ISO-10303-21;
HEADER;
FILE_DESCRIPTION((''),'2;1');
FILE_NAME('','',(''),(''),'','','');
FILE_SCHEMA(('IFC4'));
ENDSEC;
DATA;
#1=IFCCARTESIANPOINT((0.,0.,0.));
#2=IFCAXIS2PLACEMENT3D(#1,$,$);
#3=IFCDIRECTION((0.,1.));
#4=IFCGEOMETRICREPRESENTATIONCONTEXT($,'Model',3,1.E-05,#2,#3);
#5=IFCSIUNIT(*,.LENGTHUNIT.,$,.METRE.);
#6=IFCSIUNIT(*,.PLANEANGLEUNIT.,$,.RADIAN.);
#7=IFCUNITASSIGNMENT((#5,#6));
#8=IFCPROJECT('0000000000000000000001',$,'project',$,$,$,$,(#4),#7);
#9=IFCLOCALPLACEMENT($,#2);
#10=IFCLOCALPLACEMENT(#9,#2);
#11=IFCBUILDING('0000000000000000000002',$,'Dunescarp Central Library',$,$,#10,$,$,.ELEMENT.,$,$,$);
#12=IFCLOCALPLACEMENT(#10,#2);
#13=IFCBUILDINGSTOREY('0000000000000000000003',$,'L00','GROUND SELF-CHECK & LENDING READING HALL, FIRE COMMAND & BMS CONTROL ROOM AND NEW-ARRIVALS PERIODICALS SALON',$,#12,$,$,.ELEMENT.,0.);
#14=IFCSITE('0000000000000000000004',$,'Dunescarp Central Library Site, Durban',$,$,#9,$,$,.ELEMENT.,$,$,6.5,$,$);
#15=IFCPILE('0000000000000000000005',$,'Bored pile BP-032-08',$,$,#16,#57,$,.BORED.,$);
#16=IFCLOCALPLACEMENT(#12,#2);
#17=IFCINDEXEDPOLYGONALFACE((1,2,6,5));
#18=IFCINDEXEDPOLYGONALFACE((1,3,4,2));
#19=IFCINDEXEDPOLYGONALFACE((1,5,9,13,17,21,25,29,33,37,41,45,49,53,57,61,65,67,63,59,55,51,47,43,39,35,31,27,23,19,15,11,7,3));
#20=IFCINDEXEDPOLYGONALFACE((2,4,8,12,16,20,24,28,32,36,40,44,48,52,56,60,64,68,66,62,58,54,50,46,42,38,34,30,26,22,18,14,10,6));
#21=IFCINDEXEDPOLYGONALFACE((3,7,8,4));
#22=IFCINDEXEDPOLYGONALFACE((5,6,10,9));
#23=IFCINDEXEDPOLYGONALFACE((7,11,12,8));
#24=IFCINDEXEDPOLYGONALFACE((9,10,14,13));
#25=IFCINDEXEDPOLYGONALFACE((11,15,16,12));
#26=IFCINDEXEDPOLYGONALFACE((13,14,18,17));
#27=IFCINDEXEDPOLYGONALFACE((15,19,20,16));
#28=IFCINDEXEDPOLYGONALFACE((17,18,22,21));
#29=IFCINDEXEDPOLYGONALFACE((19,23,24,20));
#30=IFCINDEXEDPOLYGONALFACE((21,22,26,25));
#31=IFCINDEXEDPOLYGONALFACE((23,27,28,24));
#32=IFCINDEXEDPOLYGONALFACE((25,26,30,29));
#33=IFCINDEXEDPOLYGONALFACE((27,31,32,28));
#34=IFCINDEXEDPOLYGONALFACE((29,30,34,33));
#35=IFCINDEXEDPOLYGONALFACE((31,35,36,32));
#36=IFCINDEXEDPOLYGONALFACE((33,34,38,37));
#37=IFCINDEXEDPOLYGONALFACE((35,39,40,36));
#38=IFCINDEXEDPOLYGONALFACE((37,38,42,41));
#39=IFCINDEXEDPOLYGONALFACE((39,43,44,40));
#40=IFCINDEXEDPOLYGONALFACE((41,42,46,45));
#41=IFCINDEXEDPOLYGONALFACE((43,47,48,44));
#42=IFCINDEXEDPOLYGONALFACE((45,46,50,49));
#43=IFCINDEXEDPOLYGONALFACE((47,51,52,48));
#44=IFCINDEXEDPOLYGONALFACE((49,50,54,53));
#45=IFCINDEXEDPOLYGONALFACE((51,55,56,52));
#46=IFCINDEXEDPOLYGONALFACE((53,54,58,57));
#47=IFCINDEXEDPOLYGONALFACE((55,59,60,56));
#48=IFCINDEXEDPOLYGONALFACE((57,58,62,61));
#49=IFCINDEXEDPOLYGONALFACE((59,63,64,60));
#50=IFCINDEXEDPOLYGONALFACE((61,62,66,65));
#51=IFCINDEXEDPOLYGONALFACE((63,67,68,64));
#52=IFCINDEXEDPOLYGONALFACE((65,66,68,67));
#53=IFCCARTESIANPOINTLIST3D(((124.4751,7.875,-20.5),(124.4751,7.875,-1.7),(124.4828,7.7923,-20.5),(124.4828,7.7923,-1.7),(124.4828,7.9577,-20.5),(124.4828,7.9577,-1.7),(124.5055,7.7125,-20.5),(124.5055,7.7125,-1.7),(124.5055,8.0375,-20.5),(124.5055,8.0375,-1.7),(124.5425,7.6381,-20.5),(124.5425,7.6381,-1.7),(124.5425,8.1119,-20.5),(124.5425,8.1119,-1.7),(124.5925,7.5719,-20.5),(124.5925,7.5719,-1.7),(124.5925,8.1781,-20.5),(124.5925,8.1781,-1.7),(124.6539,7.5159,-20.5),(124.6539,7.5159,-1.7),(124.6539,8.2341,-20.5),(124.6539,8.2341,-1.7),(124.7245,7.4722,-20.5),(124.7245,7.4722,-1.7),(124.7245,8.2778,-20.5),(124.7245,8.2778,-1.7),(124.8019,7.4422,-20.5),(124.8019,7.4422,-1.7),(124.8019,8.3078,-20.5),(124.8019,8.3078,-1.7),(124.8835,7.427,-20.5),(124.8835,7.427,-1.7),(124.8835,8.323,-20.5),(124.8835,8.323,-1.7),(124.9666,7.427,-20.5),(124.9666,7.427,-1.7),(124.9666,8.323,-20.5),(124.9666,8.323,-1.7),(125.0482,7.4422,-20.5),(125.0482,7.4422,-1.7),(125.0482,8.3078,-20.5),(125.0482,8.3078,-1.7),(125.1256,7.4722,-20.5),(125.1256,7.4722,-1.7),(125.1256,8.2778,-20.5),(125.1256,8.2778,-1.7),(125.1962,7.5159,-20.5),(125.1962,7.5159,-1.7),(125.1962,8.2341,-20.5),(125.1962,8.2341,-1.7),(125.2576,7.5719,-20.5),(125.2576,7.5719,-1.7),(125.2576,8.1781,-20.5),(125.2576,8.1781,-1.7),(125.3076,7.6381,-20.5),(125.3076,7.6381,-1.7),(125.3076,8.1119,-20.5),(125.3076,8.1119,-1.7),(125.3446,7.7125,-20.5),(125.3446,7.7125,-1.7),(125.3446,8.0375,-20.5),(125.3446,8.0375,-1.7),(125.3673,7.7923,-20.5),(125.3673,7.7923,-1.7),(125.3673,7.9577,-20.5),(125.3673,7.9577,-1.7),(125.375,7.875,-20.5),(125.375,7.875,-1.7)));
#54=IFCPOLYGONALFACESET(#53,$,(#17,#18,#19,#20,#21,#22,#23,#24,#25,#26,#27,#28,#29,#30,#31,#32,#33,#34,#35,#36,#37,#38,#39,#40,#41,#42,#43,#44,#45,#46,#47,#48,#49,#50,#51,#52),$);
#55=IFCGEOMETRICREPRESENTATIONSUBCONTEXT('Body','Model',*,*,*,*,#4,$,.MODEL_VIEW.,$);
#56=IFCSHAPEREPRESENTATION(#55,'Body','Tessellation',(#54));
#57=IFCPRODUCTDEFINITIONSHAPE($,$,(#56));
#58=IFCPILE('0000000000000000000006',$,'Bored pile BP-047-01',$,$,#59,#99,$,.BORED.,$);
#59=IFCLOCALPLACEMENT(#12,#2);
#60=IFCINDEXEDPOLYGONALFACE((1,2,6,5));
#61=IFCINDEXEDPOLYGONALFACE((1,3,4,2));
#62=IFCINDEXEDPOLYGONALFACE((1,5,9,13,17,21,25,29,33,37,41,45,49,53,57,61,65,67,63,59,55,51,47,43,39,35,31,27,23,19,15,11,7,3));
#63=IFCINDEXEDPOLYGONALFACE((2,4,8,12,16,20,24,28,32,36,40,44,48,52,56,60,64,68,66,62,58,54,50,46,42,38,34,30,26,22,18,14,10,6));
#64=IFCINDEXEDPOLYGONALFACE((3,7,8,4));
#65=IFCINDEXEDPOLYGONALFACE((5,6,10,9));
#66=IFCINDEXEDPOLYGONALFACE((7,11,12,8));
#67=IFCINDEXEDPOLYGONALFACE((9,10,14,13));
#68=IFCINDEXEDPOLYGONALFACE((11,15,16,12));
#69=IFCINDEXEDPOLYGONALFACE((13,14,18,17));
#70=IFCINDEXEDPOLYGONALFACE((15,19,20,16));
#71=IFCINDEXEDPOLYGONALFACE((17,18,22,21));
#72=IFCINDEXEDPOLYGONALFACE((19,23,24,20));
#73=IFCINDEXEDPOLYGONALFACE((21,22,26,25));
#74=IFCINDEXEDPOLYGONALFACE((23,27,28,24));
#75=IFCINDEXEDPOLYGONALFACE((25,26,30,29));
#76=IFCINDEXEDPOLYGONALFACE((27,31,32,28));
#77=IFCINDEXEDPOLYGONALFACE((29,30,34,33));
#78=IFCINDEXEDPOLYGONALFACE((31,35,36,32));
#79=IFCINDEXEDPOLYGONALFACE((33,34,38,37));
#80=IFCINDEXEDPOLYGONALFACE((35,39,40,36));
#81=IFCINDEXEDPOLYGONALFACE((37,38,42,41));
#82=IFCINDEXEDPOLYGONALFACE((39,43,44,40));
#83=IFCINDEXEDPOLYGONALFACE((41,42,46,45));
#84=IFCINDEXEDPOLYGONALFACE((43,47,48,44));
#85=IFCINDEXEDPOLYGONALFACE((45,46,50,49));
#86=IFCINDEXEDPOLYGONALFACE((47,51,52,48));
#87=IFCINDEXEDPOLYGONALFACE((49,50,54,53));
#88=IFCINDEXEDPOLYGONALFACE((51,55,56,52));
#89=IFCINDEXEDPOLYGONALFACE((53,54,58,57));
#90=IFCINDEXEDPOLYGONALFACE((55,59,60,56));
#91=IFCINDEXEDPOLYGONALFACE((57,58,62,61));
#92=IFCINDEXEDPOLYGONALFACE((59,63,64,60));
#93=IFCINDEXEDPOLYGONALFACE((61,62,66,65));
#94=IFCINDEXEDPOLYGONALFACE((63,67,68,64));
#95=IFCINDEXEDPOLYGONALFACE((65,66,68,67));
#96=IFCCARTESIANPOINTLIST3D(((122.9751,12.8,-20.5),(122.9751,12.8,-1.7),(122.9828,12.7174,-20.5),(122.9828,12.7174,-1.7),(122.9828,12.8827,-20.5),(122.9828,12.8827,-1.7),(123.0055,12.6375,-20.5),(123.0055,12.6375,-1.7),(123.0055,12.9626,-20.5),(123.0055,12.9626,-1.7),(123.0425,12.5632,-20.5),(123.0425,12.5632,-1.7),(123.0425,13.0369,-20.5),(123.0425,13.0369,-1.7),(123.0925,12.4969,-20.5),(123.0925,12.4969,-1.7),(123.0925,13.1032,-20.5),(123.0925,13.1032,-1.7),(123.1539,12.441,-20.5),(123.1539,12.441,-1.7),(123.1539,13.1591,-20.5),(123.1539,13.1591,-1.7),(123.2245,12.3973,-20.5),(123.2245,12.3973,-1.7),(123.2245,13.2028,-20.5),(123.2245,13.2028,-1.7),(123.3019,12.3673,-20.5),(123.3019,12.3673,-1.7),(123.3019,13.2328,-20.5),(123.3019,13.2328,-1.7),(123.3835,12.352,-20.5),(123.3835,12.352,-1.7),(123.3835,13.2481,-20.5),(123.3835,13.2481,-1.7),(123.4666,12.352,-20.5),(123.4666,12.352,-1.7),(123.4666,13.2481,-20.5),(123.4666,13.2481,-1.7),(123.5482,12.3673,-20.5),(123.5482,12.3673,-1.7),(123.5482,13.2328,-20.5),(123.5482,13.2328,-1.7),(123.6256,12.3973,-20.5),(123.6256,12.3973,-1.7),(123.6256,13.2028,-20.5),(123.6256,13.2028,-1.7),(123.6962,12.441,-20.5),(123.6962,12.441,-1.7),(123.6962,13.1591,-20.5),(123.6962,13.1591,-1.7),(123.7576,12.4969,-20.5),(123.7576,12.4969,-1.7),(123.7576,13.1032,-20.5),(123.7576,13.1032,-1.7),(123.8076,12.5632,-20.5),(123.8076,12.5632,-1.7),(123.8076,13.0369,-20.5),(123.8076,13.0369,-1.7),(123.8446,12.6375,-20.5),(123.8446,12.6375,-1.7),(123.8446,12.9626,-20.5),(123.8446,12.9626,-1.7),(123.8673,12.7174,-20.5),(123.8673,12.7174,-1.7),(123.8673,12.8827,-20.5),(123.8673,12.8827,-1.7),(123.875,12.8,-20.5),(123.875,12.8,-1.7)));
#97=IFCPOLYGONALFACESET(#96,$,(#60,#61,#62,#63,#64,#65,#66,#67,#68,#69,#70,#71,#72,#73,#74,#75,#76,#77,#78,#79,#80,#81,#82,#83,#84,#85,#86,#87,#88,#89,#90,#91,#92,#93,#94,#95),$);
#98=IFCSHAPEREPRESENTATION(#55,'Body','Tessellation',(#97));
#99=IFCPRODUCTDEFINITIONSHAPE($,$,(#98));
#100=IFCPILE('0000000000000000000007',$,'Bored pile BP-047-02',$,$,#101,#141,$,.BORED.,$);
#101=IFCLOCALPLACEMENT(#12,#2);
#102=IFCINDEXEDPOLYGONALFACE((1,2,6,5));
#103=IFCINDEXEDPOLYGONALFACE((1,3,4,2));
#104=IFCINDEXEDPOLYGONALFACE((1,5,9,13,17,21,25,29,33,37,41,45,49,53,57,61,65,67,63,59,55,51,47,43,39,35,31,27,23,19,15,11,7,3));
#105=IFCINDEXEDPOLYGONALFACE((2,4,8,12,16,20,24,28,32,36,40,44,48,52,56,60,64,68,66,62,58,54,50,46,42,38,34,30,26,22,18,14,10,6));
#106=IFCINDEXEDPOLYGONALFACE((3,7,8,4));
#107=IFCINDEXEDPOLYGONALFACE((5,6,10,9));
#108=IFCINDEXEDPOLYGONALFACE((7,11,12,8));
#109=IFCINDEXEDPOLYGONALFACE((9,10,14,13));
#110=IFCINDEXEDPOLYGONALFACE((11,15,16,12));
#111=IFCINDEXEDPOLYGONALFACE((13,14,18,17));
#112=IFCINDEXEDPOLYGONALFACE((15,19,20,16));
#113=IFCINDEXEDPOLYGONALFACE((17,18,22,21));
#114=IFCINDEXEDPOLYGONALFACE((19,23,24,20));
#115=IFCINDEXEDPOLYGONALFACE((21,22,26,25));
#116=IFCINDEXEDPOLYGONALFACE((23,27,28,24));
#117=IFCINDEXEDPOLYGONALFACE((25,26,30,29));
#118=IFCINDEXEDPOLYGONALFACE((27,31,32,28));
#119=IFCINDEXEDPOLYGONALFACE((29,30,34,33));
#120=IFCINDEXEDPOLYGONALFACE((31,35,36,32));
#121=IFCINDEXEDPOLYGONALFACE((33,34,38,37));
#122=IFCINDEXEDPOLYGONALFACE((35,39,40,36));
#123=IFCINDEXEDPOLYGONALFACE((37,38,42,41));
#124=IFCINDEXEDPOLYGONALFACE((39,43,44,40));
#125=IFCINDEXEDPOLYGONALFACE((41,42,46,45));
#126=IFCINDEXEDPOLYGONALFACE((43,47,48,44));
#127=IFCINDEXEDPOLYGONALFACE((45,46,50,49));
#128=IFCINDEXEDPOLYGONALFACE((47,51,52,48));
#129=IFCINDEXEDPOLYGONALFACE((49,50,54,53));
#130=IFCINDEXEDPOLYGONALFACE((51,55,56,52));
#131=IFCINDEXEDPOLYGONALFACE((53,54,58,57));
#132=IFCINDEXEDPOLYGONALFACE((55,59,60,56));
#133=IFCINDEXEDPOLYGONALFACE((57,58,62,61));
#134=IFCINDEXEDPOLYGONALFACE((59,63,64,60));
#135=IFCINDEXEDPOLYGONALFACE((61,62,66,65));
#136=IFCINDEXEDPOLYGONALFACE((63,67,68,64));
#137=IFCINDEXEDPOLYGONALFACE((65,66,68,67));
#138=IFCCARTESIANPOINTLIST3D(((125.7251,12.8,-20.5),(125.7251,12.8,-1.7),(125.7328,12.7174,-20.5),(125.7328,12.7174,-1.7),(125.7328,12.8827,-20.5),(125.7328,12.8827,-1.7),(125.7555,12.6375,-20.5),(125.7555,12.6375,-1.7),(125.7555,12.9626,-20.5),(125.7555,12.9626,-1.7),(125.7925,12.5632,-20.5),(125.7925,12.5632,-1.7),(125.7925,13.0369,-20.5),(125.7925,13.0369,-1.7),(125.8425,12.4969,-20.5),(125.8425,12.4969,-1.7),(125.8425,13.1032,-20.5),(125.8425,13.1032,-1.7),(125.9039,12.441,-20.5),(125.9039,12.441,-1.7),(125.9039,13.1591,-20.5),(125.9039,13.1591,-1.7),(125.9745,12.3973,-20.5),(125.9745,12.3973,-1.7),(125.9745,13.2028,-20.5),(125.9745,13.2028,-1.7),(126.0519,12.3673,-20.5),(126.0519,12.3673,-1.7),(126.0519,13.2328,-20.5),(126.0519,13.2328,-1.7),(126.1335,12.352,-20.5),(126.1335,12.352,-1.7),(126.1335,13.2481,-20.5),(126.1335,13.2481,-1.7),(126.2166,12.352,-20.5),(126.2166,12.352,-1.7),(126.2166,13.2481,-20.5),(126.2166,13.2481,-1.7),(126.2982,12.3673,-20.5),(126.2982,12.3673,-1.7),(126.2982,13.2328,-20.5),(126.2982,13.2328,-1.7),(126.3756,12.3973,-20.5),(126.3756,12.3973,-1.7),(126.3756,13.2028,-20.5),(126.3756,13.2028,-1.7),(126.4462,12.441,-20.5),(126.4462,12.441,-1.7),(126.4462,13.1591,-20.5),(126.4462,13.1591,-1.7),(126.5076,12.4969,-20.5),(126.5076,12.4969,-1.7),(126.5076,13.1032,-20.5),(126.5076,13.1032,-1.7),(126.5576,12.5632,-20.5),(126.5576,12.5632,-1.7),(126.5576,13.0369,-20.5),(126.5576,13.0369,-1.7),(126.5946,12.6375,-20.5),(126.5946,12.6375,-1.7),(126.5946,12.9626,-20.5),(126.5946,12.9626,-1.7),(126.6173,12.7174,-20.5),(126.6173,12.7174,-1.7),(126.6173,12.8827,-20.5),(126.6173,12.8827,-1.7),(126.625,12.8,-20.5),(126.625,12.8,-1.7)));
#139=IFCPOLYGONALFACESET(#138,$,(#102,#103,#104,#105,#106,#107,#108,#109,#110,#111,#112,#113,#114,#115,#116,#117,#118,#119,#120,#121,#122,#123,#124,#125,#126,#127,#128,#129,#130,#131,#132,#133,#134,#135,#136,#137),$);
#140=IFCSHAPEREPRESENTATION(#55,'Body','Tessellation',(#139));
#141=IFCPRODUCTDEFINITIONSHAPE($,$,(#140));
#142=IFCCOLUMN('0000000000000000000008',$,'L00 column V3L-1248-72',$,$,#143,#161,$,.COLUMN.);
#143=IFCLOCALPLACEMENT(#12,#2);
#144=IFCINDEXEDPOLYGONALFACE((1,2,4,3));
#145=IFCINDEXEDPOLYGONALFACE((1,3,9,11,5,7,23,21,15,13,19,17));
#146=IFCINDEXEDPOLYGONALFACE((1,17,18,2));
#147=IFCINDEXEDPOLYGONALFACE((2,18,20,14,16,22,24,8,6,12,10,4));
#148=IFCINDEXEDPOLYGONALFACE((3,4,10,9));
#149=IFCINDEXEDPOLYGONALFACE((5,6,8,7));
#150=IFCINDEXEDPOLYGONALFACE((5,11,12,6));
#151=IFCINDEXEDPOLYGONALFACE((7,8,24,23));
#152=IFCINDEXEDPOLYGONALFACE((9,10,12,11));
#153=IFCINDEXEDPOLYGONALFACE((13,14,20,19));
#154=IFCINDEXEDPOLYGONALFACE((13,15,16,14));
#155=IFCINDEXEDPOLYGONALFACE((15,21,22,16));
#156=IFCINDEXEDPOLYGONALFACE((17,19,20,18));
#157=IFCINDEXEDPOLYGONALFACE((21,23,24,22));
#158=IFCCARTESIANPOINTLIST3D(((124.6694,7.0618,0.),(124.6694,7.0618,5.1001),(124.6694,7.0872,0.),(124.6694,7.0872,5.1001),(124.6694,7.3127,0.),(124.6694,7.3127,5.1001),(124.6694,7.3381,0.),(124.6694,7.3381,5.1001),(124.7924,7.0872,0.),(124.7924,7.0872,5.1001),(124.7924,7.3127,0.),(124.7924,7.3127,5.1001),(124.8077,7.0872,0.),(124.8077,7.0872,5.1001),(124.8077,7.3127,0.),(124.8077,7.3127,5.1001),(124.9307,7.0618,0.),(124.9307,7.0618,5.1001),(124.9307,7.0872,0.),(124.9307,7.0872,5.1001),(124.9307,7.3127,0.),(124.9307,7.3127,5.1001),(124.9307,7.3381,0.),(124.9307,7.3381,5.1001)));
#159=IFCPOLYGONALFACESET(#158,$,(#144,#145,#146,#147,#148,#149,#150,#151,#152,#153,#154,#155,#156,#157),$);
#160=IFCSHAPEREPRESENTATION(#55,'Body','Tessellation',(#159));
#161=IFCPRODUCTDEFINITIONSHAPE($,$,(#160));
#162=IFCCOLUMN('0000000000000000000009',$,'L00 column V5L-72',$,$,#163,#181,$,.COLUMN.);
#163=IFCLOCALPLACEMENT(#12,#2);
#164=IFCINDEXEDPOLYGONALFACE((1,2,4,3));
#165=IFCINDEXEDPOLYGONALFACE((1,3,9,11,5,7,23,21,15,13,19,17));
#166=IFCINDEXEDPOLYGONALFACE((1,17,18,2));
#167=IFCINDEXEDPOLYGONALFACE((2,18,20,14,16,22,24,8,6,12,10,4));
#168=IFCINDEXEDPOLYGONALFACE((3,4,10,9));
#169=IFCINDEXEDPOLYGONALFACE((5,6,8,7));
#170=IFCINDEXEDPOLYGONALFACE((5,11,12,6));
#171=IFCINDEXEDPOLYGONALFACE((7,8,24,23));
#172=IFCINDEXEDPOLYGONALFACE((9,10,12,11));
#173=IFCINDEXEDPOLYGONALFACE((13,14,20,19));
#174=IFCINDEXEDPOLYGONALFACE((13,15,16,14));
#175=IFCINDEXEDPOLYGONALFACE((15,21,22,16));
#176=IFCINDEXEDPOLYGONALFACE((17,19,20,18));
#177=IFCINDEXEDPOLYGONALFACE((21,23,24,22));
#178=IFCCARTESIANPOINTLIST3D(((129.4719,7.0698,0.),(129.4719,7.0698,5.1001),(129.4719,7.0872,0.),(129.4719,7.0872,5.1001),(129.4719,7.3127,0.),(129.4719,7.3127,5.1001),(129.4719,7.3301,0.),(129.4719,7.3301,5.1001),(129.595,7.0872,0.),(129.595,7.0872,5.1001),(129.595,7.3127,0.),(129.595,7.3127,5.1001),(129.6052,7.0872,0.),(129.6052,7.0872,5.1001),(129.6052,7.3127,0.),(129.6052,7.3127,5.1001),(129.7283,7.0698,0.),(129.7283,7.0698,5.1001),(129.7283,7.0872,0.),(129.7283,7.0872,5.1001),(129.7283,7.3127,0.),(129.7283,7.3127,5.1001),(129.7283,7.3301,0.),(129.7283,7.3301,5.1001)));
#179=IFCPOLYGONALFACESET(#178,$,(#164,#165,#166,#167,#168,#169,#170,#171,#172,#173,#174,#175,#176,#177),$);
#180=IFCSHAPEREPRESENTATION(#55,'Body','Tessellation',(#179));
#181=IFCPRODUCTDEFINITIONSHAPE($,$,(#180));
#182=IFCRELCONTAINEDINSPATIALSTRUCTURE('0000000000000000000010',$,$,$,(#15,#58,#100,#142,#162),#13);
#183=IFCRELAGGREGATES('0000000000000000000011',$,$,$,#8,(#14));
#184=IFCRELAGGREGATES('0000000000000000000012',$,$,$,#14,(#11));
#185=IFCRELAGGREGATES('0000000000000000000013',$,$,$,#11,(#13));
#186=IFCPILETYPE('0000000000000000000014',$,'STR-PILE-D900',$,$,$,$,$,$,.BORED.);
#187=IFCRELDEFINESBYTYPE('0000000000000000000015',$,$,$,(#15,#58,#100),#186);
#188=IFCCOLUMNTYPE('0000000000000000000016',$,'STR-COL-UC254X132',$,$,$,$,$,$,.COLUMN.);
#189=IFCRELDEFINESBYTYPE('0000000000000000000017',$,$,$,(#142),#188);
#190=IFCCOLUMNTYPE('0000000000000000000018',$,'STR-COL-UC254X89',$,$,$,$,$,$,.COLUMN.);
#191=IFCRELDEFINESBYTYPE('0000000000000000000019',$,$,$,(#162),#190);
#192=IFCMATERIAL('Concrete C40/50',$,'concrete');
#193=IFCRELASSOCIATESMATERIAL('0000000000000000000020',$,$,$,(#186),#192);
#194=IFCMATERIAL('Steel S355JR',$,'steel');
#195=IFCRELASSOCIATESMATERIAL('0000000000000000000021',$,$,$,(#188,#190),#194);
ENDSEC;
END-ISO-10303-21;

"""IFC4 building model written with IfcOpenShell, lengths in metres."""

from ifc_helpers import new_model, si_unit, direction, frame, origin, origin_2d, place, context, subcontext, project, spatial, circle, i_section, extrude, material, material_profile, profile_set, type_object, element, save


model = new_model("IFC4")

# Units and contexts
model_context = context("Model", 3, precision=1e-05, world=origin(), true_north=direction((0.0, 1.0)))
body_context = subcontext(model_context, "Body", "Model", "MODEL_VIEW")
ifc_project = project(units=[si_unit("LENGTHUNIT", "METRE"), si_unit("PLANEANGLEUNIT", "RADIAN")], contexts=[model_context])

# Site, building, storey
site_placement = place(None, origin())
site = spatial("IfcSite", under=ifc_project, at=site_placement, Name="Dunescarp Central Library Site, Durban", CompositionType="ELEMENT", RefElevation=6.5)
building_placement = place(site_placement, origin())
building = spatial("IfcBuilding", under=site, at=building_placement, Name="Dunescarp Central Library", CompositionType="ELEMENT")
storey_placement = place(building_placement, origin())
storey = spatial("IfcBuildingStorey", under=building, at=storey_placement, Name="L00", Description="GROUND SELF-CHECK & LENDING READING HALL, FIRE COMMAND & BMS CONTROL ROOM AND NEW-ARRIVALS PERIODICALS SALON", CompositionType="ELEMENT", Elevation=0.0)

# Shared definitions
ifc_material_1 = material(Name="Concrete C40/50", Category="concrete")

# Piles
ifc_material_profile_1 = material_profile(ifc_material_1, circle(Radius=0.45, at=origin_2d()), Name="PILE D900")
ifc_profile_set_1 = profile_set([ifc_material_profile_1], Name="Concrete C40/50")
pile_type_1 = type_object("IfcPileType", Name="STR-PILE-D900", PredefinedType="BORED", material=ifc_profile_set_1)
for number, where, z_axis, x_axis, name in (
    (1, (124.925, 7.875, -1.7), (0.0, 0.0, -1.0), (1.0, 0.0, 0.0), "Bored pile BP-032-08"),
    (2, (123.425, 12.8, -1.7), (0.0, 0.0, -1.0), (1.0, 0.0, 0.0), "Bored pile BP-047-01"),
    (3, (126.175, 12.8, -1.7), (0.0, 0.0, -1.0), (1.0, 0.0, 0.0), "Bored pile BP-047-02"),
):
    element("IfcPile", number, at=place(storey_placement, frame(where, z_axis=z_axis, x_axis=x_axis)), inside=storey, type_object=pile_type_1, Name=name, PredefinedType="BORED", context=body_context, shape_type="SweptSolid", body=[
        extrude(circle(Radius=0.45, at=origin_2d()), origin(), (0.0, 0.0, 1.0), 18.8),
    ])

# Columns
ifc_material_2 = material(Name="Steel S355JR", Category="steel")
ifc_material_profile_2 = material_profile(ifc_material_2, i_section(OverallWidth=0.2612, OverallDepth=0.2764, WebThickness=0.0154, FlangeThickness=0.0254, at=origin_2d()), Name="UC 254x254x132")
ifc_profile_set_2 = profile_set([ifc_material_profile_2], Name="Steel S355JR")
column_type_1 = type_object("IfcColumnType", Name="STR-COL-UC254X132", PredefinedType="COLUMN", material=ifc_profile_set_2)
column_1_placement = place(storey_placement, frame((124.8, 7.2, 0.0), z_axis=(0.0, 0.0, 1.0), x_axis=(1.0, 0.0, 0.0)))
element("IfcColumn", 4, at=column_1_placement, inside=storey, type_object=column_type_1, Name="L00 column V3L-1248-72", PredefinedType="COLUMN", context=body_context, shape_type="SweptSolid", body=[
    extrude(i_section(OverallWidth=0.2612, OverallDepth=0.2764, WebThickness=0.0154, FlangeThickness=0.0254, at=origin_2d()), origin(), (0.0, 0.0, 1.0), 5.1001),
])
ifc_material_profile_3 = material_profile(ifc_material_2, i_section(OverallWidth=0.2563, OverallDepth=0.2603, WebThickness=0.0103, FlangeThickness=0.0173, at=origin_2d()), Name="UC 254x254x89")
ifc_profile_set_3 = profile_set([ifc_material_profile_3], Name="Steel S355JR")
column_type_2 = type_object("IfcColumnType", Name="STR-COL-UC254X89", PredefinedType="COLUMN", material=ifc_profile_set_3)
column_2_placement = place(storey_placement, frame((129.6001, 7.2, 0.0), z_axis=(0.0, 0.0, 1.0), x_axis=(1.0, 0.0, 0.0)))
element("IfcColumn", 5, at=column_2_placement, inside=storey, type_object=column_type_2, Name="L00 column V5L-72", PredefinedType="COLUMN", context=body_context, shape_type="SweptSolid", body=[
    extrude(i_section(OverallWidth=0.2563, OverallDepth=0.2603, WebThickness=0.0103, FlangeThickness=0.0173, at=origin_2d()), origin(), (0.0, 0.0, 1.0), 5.1001),
])

save(model, "model.ifc")
